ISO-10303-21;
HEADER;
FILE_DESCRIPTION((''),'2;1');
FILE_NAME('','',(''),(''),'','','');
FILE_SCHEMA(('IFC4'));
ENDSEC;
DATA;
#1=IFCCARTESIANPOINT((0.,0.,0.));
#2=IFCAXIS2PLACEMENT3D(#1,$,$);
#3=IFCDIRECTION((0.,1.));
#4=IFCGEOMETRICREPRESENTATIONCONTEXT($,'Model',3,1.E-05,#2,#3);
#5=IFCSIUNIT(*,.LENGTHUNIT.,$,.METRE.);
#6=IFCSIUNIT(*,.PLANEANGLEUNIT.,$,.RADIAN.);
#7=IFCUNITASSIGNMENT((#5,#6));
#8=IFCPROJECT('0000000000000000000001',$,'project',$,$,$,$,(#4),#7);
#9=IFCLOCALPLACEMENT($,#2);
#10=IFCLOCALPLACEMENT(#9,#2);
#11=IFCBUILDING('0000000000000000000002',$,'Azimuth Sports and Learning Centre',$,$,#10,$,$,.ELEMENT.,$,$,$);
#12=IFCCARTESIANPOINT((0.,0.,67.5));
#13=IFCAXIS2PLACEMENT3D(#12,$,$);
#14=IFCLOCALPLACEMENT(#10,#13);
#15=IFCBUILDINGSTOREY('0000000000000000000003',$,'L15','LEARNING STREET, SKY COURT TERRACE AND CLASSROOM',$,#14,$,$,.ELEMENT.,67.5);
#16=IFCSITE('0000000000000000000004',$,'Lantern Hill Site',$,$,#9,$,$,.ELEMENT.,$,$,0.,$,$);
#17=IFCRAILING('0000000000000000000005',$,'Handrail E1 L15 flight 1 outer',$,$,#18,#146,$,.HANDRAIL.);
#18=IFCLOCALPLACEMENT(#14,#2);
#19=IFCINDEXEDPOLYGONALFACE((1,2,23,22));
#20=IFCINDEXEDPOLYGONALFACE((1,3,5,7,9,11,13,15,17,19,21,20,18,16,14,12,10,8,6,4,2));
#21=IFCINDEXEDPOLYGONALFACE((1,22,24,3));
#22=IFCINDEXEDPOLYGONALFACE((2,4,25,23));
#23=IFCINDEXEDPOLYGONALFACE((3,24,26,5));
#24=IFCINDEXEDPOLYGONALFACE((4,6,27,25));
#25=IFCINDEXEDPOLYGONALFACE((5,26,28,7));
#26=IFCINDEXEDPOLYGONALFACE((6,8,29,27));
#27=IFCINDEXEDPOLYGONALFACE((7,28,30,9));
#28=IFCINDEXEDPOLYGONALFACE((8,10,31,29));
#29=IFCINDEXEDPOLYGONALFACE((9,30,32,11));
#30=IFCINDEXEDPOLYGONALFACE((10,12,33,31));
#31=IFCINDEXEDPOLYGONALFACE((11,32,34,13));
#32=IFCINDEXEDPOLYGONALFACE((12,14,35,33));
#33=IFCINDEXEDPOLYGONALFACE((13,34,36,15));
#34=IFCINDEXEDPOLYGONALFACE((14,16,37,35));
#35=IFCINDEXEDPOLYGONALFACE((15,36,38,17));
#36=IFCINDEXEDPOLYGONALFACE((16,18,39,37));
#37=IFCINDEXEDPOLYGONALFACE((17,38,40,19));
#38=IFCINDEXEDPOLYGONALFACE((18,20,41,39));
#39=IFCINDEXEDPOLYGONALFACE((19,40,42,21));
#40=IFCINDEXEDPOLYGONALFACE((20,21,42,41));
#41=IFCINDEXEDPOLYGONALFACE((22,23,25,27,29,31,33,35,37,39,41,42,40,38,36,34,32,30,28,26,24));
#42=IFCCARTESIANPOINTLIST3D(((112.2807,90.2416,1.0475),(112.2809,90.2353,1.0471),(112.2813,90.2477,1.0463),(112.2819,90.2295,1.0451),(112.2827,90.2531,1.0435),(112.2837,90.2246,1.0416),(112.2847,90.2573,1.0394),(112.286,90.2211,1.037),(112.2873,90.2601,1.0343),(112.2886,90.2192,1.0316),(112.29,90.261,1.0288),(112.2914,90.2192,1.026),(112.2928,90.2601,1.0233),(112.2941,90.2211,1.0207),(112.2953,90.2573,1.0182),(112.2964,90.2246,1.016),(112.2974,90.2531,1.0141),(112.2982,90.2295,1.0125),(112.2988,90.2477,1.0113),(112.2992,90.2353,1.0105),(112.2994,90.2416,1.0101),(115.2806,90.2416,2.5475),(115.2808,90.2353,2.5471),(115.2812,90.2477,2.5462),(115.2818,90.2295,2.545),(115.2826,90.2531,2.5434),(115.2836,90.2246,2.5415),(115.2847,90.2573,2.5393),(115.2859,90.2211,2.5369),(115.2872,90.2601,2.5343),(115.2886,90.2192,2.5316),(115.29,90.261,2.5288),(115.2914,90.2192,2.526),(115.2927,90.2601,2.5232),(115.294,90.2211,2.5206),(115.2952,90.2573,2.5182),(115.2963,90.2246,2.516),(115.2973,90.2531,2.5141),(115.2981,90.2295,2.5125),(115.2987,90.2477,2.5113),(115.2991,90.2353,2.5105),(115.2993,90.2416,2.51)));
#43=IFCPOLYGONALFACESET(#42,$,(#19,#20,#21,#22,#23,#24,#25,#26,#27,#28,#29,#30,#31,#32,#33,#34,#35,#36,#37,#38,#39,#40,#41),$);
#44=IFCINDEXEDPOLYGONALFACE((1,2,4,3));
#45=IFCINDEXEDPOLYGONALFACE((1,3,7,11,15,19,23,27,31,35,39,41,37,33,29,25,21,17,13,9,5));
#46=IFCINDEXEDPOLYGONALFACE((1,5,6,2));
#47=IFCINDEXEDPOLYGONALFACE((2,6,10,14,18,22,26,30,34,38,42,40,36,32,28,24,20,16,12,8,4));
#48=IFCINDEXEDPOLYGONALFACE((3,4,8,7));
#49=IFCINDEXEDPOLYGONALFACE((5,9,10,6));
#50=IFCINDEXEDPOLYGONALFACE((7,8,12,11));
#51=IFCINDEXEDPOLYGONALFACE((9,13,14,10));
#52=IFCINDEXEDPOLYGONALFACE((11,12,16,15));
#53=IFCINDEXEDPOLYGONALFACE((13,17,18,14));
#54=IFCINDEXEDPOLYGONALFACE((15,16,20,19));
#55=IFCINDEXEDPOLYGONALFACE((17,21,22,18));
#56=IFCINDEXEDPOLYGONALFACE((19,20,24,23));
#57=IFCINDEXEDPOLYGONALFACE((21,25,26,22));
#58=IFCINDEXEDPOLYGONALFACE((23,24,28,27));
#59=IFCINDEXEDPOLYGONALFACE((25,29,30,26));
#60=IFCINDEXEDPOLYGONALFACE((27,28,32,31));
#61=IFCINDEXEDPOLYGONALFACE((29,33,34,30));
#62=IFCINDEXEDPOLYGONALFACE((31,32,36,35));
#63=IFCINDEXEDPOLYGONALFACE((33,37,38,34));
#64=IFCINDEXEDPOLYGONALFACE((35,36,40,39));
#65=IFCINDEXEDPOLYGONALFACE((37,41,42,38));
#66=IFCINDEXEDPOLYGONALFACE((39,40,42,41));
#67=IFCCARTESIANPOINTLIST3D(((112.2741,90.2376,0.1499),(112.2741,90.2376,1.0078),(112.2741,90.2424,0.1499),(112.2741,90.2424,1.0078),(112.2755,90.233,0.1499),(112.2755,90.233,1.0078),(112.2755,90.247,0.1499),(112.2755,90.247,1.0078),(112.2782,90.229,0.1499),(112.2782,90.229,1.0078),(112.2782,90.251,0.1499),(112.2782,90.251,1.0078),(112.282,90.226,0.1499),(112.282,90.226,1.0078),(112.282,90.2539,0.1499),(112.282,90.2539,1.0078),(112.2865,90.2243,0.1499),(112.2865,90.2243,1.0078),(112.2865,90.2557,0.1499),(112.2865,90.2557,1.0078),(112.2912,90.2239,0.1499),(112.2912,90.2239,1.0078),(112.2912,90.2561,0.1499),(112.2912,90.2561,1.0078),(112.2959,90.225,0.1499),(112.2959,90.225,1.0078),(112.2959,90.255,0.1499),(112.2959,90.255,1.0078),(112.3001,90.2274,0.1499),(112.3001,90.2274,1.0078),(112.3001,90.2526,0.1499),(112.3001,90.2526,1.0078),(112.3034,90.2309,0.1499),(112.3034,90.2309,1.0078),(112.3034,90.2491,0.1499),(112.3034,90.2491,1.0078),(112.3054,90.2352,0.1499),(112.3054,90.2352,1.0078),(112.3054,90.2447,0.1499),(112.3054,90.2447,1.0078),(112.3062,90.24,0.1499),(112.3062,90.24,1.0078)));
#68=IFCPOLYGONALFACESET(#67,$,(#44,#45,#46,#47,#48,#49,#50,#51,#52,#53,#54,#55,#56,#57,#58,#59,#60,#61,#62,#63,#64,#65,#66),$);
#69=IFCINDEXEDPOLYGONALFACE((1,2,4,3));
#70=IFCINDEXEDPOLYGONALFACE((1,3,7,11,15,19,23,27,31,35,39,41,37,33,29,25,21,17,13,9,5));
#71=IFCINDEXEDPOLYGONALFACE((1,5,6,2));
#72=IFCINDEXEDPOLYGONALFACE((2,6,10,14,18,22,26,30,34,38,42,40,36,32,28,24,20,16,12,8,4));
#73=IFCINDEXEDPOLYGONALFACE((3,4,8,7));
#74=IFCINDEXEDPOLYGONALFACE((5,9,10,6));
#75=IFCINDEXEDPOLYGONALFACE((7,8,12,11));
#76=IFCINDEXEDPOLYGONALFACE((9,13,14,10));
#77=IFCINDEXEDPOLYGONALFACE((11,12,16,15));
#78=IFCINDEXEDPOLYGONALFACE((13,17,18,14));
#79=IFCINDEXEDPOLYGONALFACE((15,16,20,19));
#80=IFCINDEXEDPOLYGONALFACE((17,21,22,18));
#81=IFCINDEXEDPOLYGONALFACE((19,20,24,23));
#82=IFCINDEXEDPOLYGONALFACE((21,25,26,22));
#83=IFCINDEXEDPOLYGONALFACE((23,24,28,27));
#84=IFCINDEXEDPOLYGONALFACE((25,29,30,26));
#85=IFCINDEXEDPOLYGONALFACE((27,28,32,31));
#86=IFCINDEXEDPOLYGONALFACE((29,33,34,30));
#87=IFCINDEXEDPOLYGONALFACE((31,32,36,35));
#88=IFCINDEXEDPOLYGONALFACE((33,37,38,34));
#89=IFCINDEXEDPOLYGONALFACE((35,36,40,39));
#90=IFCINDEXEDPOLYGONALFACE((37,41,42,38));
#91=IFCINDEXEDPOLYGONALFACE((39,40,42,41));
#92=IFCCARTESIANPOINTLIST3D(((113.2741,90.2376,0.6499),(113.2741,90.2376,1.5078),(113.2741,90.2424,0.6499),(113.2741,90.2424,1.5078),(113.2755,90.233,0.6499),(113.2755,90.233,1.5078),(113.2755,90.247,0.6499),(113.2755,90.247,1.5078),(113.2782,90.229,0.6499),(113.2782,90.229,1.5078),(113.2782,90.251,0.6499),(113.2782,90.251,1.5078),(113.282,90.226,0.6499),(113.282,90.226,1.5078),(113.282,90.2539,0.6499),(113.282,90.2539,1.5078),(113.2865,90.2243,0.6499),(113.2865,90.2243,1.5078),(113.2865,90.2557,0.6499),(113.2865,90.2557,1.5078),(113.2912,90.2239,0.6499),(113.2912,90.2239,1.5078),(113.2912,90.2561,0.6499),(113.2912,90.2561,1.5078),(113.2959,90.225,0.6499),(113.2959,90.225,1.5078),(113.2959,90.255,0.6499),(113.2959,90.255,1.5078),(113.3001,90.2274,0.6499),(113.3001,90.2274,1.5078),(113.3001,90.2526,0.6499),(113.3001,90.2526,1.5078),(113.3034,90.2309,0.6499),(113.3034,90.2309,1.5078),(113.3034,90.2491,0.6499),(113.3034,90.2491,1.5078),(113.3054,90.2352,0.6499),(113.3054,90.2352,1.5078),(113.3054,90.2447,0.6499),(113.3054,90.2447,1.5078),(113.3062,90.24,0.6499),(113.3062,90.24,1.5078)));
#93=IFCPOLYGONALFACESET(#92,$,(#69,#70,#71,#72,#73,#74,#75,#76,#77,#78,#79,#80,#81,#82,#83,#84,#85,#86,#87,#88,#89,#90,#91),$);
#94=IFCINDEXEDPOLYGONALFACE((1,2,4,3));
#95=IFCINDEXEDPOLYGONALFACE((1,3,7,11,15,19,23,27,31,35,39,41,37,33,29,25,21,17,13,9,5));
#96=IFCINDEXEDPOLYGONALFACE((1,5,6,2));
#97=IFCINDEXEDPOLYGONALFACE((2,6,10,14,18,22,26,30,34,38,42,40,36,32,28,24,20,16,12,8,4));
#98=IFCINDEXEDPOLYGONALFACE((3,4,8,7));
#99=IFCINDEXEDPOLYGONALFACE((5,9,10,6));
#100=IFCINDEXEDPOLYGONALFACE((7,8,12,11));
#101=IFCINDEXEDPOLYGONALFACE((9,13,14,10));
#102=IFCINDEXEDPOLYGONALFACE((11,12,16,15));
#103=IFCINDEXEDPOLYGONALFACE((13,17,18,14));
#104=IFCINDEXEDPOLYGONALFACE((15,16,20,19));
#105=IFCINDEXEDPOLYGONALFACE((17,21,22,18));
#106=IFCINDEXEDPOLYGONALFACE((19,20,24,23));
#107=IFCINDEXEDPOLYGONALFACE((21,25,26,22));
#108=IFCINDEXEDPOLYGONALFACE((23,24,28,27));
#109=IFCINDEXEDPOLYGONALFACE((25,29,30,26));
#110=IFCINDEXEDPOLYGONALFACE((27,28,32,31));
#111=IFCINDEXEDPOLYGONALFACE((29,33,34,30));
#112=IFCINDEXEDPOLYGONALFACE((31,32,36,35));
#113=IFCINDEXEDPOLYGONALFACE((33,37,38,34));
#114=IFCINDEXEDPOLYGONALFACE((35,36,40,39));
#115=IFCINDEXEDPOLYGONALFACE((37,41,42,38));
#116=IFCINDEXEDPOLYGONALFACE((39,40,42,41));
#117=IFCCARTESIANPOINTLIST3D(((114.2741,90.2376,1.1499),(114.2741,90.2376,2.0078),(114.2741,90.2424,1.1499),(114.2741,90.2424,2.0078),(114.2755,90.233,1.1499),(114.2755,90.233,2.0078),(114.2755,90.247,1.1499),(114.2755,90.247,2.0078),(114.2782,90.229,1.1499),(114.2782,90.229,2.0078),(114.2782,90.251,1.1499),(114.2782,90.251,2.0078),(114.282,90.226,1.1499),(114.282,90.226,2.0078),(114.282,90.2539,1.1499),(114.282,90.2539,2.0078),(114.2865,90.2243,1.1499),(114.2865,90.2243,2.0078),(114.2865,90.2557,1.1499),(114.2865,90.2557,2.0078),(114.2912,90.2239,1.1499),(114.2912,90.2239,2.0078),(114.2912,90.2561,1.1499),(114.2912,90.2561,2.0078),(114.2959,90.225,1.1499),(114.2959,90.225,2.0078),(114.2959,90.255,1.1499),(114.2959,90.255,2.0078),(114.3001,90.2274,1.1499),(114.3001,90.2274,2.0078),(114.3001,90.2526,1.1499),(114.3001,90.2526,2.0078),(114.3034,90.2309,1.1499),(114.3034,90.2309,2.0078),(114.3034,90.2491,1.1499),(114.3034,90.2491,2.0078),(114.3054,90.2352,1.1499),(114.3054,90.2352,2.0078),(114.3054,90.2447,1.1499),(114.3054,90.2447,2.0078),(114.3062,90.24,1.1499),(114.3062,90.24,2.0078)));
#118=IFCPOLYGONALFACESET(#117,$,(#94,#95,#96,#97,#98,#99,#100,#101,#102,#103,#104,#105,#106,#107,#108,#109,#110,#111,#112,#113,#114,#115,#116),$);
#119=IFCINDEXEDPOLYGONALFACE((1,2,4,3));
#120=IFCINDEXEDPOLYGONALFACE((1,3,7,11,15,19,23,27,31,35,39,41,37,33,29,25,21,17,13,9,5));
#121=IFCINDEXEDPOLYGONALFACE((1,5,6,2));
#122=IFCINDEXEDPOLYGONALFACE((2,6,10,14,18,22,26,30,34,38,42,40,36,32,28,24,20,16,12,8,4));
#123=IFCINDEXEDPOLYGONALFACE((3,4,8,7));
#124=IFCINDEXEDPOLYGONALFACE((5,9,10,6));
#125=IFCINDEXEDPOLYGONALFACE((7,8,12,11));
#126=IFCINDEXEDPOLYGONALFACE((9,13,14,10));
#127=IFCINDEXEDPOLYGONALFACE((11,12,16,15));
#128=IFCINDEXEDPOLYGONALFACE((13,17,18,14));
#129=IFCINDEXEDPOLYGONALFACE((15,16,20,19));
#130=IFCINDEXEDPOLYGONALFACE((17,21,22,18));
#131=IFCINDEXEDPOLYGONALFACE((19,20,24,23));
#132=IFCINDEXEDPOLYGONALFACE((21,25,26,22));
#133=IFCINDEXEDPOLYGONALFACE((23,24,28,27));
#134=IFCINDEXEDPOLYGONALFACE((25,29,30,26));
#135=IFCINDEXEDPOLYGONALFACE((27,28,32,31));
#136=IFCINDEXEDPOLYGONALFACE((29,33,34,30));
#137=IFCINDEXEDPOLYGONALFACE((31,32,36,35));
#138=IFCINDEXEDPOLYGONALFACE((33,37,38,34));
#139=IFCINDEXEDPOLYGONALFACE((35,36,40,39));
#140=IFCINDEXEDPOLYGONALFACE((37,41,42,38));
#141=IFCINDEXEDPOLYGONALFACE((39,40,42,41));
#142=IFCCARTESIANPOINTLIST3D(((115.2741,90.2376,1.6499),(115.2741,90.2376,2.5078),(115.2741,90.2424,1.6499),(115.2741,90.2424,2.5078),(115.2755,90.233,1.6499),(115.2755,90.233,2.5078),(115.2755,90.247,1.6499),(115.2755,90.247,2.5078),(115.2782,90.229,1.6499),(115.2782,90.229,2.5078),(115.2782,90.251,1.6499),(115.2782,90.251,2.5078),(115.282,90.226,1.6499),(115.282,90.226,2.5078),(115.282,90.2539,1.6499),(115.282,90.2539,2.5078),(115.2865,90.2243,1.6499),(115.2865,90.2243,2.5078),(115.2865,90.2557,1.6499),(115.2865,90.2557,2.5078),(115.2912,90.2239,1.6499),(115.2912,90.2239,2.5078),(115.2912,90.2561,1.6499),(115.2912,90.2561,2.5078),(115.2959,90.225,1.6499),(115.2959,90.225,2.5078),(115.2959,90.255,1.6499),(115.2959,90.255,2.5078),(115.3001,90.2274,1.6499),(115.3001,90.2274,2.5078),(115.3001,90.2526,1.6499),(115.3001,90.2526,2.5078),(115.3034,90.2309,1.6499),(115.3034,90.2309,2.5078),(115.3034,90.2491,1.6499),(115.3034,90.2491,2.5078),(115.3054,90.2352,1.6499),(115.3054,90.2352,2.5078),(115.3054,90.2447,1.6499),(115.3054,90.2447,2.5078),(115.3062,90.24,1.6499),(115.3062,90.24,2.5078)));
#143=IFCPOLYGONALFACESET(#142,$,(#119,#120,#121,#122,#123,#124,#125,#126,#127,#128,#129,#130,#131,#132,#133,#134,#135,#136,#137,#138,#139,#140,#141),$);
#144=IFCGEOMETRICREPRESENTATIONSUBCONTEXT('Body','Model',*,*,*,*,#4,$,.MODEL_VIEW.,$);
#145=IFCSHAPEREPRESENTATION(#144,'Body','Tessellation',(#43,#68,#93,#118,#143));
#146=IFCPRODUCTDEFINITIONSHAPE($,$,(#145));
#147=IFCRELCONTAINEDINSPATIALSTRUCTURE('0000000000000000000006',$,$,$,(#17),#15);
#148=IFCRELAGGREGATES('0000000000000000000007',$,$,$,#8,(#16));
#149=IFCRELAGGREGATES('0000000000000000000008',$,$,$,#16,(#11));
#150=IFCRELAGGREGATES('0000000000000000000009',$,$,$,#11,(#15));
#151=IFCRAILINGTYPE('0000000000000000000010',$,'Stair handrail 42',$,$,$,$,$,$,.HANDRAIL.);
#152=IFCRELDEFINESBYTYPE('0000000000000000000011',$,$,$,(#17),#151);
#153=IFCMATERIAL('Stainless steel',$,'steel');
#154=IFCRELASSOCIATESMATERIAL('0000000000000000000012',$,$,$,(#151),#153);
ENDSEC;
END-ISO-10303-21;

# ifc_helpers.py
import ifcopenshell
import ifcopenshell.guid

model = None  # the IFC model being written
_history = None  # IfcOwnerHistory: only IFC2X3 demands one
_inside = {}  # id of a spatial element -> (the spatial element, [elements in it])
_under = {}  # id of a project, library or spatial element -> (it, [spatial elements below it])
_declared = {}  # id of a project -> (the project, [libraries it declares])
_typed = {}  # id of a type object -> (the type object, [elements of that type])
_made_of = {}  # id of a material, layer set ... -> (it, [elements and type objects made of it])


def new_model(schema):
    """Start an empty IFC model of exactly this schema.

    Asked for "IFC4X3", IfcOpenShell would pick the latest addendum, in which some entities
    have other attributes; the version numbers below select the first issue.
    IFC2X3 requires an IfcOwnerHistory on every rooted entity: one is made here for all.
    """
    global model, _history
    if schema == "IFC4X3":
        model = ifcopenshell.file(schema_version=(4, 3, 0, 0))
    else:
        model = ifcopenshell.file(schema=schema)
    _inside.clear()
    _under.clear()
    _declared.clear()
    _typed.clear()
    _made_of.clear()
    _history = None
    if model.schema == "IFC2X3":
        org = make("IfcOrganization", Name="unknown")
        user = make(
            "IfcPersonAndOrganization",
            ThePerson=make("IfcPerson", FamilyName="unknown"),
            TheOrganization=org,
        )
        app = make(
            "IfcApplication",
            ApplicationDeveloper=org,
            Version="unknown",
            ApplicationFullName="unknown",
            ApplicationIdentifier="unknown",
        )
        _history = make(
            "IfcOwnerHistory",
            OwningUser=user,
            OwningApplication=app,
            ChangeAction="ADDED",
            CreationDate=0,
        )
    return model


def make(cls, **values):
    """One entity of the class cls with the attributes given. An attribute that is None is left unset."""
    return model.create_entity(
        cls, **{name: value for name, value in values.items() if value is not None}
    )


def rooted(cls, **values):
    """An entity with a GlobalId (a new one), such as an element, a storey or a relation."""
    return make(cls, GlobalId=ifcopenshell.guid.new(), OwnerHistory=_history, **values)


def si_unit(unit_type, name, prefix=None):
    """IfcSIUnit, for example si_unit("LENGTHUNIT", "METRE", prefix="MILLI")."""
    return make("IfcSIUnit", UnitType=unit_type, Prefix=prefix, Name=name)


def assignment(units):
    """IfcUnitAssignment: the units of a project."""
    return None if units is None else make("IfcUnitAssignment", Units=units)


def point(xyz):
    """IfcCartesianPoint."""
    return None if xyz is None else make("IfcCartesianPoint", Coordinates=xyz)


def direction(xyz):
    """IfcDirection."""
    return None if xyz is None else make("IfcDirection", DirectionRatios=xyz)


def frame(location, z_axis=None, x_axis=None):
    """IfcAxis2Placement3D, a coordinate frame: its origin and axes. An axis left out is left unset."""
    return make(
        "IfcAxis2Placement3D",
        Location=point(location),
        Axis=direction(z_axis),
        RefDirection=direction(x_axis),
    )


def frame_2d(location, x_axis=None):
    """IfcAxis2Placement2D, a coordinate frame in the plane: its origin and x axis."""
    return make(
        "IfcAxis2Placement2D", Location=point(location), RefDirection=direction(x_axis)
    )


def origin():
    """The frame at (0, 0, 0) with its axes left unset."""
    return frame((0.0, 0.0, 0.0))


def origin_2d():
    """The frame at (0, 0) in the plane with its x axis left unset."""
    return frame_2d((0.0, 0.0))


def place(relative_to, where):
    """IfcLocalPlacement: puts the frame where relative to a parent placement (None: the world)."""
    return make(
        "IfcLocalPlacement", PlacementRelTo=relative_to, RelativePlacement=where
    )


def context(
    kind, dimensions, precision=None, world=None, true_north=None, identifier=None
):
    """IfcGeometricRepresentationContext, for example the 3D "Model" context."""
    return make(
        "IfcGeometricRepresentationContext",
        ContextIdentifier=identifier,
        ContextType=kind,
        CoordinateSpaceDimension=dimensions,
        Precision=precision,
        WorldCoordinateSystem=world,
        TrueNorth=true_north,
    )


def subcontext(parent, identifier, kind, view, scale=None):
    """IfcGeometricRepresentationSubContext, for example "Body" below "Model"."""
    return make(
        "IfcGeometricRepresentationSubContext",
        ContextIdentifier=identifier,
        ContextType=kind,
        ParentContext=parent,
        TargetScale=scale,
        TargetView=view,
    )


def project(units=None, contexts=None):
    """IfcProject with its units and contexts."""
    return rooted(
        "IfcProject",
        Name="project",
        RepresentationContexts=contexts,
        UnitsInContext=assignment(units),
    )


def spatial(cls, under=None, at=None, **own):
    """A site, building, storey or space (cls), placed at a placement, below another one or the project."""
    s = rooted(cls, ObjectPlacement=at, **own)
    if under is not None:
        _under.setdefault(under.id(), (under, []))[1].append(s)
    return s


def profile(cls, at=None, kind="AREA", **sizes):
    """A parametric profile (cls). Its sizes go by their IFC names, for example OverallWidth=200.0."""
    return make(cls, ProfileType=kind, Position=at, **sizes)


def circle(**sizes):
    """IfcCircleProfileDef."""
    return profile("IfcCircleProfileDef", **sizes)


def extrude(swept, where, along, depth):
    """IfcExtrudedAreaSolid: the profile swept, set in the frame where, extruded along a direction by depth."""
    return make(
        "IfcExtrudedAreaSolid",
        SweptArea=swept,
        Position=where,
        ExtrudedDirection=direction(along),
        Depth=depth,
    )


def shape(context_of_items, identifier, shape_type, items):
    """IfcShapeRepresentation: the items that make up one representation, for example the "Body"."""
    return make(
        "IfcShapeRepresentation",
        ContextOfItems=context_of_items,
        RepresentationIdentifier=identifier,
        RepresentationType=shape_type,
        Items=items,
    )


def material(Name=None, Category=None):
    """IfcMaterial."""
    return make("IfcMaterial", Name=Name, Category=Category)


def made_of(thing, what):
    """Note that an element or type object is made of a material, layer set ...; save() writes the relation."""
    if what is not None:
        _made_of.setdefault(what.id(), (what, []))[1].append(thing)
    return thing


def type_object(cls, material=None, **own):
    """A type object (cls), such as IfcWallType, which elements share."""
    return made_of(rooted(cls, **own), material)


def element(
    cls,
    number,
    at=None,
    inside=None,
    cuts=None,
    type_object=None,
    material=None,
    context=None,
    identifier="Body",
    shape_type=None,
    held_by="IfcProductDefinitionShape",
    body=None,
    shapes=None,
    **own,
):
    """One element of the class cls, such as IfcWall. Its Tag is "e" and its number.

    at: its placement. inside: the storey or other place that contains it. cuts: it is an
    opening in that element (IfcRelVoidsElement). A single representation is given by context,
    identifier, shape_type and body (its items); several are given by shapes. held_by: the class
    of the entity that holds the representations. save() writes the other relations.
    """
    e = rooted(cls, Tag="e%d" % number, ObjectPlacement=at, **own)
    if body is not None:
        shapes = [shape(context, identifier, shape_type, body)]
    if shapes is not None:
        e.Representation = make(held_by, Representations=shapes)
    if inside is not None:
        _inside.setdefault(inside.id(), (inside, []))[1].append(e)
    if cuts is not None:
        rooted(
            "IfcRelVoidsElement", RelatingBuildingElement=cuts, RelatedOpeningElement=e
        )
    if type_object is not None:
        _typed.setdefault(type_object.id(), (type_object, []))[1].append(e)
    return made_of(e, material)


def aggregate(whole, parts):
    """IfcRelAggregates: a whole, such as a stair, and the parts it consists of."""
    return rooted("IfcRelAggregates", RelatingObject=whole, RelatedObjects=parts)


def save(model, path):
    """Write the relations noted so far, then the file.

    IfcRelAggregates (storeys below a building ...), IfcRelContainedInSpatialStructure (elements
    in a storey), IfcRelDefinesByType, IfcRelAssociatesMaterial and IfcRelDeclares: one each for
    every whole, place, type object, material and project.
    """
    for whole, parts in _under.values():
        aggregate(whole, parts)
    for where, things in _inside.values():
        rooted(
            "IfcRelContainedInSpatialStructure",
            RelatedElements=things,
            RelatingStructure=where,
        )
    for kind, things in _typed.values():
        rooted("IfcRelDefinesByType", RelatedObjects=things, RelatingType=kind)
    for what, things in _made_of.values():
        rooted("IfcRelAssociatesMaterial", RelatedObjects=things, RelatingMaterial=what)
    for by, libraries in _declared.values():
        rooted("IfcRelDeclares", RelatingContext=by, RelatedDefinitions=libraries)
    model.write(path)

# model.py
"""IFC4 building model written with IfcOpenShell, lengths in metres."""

from ifc_helpers import new_model, si_unit, direction, frame, origin, origin_2d, place, context, subcontext, project, spatial, circle, extrude, material, type_object, element, save


model = new_model("IFC4")

# Units and contexts
model_context = context("Model", 3, precision=1e-05, world=origin(), true_north=direction((0.0, 1.0)))
body_context = subcontext(model_context, "Body", "Model", "MODEL_VIEW")
ifc_project = project(units=[si_unit("LENGTHUNIT", "METRE"), si_unit("PLANEANGLEUNIT", "RADIAN")], contexts=[model_context])

# Site, building, storey
site_placement = place(None, origin())
site = spatial("IfcSite", under=ifc_project, at=site_placement, Name="Lantern Hill Site", CompositionType="ELEMENT", RefElevation=0.0)
building_placement = place(site_placement, origin())
building = spatial("IfcBuilding", under=site, at=building_placement, Name="Azimuth Sports and Learning Centre", CompositionType="ELEMENT")
storey_placement = place(building_placement, frame((0.0, 0.0, 67.5)))
storey = spatial("IfcBuildingStorey", under=building, at=storey_placement, Name="L15", Description="LEARNING STREET, SKY COURT TERRACE AND CLASSROOM", CompositionType="ELEMENT", Elevation=67.5)

# Railing
ifc_material_1 = material(Name="Stainless steel", Category="steel")
railing_type_1 = type_object("IfcRailingType", Name="Stair handrail 42", PredefinedType="HANDRAIL", material=ifc_material_1)
for number, where, name in (
    (1, (112.29, 90.24, 0.1499), "Handrail E1 L15 flight 1 outer"),
):
    element("IfcRailing", number, at=place(storey_placement, frame(where)), inside=storey, type_object=railing_type_1, Name=name, PredefinedType="HANDRAIL", context=body_context, shape_type="SweptSolid", body=[
        extrude(circle(Radius=0.021, at=origin_2d()), frame((0.0, 0.0, 0.8789), z_axis=(0.894427, 0.0, 0.447214), x_axis=(0.0, 1.0, 0.0)), (0.0, 0.0, 1.0), 3.354),
        extrude(circle(Radius=0.0161, at=origin_2d()), origin(), (0.0, 0.0, 1.0), 0.8579),
        extrude(circle(Radius=0.0161, at=origin_2d()), frame((1.0, 0.0, 0.5)), (0.0, 0.0, 1.0), 0.8579),
        extrude(circle(Radius=0.0161, at=origin_2d()), frame((2.0, 0.0, 1.0)), (0.0, 0.0, 1.0), 0.8579),
        extrude(circle(Radius=0.0161, at=origin_2d()), frame((3.0, 0.0, 1.5)), (0.0, 0.0, 1.0), 0.8579),
    ])

save(model, "model.ifc")
